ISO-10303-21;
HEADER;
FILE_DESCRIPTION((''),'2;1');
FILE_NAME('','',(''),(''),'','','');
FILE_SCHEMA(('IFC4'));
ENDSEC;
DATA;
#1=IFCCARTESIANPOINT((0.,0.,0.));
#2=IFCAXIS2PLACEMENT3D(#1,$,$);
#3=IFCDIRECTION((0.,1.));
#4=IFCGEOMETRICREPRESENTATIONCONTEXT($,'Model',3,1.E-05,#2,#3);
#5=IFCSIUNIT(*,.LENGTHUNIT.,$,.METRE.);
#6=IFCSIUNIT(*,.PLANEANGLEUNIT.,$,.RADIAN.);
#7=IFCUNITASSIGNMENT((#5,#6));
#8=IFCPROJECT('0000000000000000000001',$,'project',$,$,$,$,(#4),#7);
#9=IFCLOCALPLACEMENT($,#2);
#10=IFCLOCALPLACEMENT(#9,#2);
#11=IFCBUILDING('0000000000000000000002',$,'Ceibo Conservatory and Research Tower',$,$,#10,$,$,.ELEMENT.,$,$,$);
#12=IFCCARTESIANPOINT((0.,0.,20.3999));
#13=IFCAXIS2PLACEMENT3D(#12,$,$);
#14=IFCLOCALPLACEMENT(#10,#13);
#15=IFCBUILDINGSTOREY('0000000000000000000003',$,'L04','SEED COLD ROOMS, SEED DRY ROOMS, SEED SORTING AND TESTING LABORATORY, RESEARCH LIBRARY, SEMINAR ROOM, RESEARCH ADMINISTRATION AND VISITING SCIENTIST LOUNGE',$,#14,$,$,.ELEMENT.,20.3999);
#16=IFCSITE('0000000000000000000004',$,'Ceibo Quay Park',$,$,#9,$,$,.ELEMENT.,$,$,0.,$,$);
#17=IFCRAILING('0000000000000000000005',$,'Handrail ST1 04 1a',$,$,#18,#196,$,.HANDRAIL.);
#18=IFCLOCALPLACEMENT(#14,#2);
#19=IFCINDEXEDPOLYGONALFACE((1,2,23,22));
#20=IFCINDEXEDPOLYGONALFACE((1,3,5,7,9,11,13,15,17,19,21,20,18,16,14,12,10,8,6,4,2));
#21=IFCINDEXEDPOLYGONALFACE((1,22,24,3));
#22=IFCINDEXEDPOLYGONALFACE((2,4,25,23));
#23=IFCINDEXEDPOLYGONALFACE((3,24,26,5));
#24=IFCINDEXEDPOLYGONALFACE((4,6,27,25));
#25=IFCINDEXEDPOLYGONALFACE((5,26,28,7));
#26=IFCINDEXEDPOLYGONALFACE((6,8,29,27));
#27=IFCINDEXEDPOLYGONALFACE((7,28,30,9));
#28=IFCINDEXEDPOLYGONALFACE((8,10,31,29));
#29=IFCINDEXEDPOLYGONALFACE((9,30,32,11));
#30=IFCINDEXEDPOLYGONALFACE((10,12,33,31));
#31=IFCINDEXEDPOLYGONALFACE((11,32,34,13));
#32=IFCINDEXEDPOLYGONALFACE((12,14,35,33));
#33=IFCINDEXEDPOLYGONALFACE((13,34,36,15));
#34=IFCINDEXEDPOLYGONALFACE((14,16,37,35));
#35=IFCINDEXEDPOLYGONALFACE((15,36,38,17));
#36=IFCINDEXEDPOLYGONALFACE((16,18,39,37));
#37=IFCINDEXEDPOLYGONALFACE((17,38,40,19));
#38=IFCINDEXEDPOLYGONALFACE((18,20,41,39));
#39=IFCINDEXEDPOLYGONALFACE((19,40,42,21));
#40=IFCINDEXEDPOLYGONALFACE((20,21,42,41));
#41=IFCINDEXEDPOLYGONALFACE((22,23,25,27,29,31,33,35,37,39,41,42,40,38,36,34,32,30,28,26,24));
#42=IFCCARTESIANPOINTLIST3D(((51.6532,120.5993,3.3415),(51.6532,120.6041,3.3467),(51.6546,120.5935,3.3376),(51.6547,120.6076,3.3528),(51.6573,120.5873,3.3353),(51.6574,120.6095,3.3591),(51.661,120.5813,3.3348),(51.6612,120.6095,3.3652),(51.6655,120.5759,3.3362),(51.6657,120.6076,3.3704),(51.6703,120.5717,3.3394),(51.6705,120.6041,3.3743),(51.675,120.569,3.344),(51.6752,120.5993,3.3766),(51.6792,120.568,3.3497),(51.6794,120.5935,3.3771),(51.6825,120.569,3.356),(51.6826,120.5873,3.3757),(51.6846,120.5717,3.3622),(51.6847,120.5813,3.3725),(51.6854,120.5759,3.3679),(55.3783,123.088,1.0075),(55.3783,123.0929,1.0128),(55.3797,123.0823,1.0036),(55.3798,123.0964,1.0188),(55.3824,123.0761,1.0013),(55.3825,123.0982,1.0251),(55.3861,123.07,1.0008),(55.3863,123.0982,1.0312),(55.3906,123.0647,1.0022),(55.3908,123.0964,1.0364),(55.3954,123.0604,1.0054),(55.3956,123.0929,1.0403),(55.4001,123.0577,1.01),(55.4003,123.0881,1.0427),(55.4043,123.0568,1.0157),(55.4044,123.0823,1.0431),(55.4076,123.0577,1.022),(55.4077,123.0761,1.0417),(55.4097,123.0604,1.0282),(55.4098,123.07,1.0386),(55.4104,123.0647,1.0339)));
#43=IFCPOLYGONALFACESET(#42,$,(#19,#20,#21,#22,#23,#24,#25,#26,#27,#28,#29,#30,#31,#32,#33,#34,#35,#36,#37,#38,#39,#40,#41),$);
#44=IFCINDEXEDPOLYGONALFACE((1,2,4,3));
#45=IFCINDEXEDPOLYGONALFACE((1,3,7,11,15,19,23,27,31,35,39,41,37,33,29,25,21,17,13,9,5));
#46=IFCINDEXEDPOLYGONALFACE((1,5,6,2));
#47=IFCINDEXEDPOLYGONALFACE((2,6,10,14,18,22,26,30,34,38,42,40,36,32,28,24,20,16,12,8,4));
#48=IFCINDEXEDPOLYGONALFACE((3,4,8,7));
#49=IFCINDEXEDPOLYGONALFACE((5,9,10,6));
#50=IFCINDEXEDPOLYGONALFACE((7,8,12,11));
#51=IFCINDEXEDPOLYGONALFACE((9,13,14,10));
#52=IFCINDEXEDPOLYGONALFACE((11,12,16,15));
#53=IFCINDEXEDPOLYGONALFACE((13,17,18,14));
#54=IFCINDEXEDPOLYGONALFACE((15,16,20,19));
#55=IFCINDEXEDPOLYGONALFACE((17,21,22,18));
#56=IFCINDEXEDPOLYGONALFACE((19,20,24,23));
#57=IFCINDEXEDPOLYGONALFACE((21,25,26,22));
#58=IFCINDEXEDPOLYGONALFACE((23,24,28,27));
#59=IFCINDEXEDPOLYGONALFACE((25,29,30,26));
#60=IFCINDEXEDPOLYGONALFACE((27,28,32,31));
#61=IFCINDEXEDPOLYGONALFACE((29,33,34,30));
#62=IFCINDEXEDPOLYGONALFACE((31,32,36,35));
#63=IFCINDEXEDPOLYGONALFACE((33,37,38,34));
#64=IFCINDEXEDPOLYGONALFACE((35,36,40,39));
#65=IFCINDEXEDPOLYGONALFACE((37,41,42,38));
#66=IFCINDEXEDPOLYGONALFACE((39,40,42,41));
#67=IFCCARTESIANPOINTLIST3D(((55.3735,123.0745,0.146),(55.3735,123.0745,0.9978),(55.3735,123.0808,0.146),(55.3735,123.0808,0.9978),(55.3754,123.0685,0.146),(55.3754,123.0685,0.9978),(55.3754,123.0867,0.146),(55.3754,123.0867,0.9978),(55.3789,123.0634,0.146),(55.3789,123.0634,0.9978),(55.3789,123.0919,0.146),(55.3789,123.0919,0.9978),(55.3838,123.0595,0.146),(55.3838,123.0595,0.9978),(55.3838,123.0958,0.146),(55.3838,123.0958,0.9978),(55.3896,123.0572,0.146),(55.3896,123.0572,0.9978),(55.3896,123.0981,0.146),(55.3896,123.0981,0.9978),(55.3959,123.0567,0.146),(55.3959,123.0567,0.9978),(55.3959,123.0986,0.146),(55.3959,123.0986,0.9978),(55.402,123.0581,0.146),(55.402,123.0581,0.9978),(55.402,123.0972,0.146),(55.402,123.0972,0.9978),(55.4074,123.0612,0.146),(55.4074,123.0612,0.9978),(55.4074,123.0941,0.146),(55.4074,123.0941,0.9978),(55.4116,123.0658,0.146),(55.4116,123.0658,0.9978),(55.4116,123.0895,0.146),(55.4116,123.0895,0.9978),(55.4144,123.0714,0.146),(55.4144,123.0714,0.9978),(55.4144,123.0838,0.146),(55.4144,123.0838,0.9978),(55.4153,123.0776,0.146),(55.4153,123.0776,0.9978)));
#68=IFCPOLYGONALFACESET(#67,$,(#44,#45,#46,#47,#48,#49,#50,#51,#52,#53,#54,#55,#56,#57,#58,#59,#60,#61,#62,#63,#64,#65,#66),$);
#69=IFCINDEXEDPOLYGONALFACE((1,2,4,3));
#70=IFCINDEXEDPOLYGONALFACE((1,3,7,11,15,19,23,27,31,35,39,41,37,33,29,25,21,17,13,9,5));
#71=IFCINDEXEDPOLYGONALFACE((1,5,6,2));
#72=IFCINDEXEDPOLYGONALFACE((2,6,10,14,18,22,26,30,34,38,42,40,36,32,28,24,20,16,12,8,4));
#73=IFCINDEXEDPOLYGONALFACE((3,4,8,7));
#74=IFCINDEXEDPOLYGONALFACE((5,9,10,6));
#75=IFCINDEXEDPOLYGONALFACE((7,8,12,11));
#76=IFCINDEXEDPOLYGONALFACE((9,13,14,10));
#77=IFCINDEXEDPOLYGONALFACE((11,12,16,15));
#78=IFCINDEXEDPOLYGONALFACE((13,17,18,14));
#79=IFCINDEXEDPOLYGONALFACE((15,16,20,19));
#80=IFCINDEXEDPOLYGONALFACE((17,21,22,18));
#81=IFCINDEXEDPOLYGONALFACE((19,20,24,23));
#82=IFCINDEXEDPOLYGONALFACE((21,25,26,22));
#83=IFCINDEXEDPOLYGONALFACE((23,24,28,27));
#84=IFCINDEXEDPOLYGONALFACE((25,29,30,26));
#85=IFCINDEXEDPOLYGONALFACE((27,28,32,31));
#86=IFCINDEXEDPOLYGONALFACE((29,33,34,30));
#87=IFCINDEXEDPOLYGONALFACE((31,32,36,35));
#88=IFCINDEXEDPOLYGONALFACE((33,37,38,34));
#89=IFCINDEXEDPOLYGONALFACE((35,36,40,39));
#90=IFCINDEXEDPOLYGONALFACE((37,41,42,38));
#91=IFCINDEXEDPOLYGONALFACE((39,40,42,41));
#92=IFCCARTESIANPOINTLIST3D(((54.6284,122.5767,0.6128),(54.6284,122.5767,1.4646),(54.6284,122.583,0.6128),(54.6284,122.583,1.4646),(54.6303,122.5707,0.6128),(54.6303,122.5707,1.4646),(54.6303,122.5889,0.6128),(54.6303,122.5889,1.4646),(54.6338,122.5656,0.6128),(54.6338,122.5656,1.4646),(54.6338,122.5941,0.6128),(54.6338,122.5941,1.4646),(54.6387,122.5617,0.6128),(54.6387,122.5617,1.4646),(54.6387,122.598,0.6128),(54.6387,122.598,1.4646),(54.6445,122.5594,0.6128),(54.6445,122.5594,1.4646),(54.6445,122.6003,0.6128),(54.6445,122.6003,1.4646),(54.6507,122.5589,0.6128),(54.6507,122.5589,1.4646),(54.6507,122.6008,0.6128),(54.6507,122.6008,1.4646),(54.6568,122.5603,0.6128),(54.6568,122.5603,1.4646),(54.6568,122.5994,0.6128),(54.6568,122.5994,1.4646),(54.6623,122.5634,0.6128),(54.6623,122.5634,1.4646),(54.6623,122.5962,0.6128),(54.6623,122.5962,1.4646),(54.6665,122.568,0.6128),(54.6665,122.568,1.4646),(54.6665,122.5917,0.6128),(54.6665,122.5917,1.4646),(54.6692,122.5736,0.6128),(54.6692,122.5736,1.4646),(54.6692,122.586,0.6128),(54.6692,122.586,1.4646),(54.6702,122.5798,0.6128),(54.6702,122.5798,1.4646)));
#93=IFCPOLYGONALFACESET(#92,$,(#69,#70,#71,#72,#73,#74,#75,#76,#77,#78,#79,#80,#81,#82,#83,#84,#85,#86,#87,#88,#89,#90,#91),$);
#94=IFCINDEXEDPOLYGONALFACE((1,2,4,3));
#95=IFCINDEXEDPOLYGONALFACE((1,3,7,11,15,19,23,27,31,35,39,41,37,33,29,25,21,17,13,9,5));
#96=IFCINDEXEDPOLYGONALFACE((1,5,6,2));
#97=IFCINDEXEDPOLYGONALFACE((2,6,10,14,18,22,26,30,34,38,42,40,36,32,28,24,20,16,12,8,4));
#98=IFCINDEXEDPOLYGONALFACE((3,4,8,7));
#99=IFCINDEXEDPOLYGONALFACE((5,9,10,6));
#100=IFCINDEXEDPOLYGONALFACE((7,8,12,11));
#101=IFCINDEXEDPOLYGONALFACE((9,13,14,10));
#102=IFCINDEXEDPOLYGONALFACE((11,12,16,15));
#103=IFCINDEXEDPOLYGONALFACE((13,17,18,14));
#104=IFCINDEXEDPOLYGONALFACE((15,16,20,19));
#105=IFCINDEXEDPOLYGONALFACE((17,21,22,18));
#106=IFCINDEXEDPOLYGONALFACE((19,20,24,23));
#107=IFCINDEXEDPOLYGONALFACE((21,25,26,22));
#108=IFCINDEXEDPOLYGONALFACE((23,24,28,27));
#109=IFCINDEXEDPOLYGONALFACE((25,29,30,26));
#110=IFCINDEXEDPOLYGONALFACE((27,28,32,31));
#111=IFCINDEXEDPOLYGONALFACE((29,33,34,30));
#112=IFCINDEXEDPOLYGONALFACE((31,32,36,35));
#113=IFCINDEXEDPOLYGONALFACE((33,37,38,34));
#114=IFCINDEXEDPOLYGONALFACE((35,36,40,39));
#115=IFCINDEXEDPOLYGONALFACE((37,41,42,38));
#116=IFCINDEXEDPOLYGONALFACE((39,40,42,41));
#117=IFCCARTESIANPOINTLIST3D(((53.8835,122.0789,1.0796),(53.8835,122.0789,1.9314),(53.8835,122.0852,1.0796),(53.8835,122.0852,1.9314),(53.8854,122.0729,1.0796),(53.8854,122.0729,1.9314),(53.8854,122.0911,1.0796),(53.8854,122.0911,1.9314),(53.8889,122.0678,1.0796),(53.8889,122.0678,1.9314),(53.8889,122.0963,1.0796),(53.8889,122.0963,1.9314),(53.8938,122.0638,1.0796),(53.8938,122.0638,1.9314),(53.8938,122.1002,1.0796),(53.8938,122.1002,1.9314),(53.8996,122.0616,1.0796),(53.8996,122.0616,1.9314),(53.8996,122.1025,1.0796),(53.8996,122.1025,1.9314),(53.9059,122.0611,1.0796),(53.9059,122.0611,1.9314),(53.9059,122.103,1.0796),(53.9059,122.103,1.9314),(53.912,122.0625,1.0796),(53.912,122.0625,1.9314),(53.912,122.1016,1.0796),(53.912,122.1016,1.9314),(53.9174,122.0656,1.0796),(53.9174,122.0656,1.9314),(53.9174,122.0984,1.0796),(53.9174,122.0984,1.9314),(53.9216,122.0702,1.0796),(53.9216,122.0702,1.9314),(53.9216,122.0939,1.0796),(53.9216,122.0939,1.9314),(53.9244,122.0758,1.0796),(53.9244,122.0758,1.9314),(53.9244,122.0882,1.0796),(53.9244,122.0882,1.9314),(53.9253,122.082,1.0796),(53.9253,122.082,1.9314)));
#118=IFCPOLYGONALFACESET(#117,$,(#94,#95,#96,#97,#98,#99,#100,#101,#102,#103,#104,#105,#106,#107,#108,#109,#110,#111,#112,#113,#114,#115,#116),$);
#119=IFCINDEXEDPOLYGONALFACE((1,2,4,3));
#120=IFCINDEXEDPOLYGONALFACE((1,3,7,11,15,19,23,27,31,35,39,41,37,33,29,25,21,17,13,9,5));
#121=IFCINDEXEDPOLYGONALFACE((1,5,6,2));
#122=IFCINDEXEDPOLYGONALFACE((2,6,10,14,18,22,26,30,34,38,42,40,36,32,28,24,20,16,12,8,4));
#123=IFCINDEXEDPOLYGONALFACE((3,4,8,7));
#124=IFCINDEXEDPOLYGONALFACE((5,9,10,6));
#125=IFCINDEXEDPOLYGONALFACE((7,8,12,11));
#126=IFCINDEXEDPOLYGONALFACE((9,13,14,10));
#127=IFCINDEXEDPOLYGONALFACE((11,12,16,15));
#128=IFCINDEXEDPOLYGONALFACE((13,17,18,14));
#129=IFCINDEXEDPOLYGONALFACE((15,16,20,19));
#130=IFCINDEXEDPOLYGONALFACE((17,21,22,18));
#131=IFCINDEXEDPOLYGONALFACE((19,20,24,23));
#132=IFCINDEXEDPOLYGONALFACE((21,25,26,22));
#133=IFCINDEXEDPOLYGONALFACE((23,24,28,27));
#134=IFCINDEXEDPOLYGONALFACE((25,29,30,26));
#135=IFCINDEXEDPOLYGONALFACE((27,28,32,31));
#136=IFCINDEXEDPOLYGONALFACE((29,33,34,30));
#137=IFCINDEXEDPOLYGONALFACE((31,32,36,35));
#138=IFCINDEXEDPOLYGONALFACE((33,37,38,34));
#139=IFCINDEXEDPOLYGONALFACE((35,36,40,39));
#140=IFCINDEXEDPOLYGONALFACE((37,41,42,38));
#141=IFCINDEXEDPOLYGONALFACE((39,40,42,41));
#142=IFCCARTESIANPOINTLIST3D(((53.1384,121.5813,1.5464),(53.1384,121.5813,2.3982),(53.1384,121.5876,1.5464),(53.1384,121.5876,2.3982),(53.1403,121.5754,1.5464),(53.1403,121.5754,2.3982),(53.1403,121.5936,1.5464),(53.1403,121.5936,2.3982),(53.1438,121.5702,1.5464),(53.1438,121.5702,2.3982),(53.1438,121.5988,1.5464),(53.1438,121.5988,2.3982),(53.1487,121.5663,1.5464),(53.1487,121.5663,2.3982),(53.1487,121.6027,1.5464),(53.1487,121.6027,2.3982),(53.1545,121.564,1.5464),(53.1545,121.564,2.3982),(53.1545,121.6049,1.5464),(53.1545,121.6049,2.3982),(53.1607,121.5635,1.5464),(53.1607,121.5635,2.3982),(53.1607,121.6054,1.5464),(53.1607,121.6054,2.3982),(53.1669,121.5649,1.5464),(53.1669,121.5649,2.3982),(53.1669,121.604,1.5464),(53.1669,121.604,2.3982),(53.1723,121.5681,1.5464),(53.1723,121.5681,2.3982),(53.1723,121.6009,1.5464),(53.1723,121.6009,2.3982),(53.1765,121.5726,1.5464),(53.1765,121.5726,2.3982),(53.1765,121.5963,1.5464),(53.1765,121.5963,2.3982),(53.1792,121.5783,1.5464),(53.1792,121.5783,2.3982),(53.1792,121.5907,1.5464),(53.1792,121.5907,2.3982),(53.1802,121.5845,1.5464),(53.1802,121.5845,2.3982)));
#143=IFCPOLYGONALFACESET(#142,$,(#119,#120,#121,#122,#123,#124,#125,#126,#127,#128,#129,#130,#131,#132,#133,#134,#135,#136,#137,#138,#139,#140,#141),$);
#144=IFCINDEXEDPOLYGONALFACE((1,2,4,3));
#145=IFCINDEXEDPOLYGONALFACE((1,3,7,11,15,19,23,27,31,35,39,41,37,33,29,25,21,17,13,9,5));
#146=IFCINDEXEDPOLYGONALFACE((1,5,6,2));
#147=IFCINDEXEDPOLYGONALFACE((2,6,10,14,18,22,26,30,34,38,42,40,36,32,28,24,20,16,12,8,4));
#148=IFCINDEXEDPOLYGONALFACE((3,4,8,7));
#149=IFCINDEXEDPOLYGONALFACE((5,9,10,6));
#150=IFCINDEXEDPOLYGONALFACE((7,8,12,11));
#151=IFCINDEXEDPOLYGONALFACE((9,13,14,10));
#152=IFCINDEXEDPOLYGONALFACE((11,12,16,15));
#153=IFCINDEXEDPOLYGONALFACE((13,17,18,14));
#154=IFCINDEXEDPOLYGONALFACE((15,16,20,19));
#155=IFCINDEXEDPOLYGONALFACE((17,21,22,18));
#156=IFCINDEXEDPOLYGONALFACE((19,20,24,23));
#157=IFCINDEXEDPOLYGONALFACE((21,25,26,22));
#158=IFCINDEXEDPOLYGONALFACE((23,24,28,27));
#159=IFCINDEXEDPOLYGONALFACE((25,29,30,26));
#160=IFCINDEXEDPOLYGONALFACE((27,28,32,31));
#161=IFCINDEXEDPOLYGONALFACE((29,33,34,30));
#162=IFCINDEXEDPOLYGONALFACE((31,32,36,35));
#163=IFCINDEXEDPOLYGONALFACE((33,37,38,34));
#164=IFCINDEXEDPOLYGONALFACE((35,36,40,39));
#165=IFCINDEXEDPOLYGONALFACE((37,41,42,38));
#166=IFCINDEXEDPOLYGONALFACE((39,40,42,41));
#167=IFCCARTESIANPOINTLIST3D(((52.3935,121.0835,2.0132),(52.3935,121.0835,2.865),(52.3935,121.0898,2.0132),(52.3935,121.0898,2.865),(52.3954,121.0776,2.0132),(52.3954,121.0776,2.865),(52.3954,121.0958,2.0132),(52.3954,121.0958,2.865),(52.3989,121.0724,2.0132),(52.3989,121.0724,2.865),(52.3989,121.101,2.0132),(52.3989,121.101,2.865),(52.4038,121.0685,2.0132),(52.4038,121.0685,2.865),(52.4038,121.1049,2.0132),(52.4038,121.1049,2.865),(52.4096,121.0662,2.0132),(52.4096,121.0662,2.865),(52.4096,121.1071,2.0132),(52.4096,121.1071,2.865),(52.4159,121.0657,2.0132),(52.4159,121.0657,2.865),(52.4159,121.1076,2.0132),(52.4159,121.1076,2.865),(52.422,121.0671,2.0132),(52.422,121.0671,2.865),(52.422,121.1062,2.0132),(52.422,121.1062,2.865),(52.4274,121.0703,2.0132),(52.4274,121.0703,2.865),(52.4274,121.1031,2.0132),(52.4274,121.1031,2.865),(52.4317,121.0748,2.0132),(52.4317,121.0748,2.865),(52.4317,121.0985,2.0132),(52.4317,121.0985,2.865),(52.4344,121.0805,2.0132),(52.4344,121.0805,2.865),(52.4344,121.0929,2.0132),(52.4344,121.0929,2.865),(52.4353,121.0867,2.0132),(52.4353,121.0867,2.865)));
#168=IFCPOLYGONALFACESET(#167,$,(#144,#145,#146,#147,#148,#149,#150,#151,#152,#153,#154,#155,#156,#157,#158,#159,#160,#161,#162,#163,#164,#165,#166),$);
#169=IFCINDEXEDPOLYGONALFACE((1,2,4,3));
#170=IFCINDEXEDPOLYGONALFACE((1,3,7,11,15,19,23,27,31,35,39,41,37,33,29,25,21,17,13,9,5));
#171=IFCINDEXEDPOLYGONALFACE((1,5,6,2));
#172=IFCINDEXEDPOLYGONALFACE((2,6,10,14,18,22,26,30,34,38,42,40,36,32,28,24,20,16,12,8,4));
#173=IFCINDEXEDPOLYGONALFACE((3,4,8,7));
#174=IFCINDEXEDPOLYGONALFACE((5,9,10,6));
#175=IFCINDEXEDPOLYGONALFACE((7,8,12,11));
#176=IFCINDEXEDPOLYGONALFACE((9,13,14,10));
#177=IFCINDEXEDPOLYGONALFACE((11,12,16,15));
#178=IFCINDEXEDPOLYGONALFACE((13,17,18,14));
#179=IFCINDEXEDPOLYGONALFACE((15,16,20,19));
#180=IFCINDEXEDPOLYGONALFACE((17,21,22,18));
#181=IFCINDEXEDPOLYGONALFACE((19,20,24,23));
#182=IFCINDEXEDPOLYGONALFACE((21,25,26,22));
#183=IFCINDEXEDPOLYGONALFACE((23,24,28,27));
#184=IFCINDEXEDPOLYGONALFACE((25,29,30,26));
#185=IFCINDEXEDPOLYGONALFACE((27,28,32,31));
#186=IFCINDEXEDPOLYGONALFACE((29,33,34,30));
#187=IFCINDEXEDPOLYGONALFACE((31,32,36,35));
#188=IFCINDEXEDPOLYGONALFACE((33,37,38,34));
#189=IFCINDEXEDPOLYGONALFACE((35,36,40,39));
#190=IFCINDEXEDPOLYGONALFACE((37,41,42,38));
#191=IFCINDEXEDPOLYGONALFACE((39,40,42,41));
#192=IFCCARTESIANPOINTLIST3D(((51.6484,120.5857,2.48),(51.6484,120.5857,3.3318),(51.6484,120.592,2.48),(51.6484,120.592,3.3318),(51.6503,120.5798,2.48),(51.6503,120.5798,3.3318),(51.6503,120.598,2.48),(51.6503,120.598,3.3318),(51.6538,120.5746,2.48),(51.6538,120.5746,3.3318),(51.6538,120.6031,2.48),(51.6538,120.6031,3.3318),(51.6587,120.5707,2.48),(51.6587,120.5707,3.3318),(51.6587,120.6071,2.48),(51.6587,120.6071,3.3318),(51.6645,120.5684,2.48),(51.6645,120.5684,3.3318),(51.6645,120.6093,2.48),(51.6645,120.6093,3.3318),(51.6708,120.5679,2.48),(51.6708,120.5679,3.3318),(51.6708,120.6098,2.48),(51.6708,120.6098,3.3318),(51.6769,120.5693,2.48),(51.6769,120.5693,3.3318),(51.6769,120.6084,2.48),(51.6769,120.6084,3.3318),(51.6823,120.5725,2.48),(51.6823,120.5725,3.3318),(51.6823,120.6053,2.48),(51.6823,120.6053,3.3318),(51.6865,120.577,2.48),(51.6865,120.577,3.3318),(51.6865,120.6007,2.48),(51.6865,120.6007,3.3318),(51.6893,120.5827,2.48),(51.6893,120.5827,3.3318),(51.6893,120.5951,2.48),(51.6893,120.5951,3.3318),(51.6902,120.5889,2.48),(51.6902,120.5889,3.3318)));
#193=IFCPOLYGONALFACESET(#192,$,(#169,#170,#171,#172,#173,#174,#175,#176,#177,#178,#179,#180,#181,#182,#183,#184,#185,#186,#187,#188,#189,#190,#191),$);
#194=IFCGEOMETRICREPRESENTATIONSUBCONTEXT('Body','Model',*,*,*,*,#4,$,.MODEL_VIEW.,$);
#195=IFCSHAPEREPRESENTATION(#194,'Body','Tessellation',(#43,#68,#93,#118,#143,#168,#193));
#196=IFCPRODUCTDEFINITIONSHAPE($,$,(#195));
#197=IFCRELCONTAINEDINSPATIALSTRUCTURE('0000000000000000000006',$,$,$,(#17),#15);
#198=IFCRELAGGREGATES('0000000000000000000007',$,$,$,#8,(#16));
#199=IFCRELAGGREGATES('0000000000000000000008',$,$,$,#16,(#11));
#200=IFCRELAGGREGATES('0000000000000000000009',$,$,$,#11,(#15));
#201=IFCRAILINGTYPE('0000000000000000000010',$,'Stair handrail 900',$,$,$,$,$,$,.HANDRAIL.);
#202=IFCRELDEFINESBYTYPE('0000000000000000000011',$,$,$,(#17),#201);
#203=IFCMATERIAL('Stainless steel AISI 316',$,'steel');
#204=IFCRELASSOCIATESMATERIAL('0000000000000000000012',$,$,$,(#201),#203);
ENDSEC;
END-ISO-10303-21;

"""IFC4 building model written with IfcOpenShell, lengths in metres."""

from ifc_helpers import new_model, si_unit, direction, frame, origin, origin_2d, place, context, subcontext, project, spatial, circle, extrude, material, type_object, element, save


model = new_model("IFC4")

# Units and contexts
model_context = context("Model", 3, precision=1e-05, world=origin(), true_north=direction((0.0, 1.0)))
body_context = subcontext(model_context, "Body", "Model", "MODEL_VIEW")
ifc_project = project(units=[si_unit("LENGTHUNIT", "METRE"), si_unit("PLANEANGLEUNIT", "RADIAN")], contexts=[model_context])

# Site, building, storey
site_placement = place(None, origin())
site = spatial("IfcSite", under=ifc_project, at=site_placement, Name="Ceibo Quay Park", CompositionType="ELEMENT", RefElevation=0.0)
building_placement = place(site_placement, origin())
building = spatial("IfcBuilding", under=site, at=building_placement, Name="Ceibo Conservatory and Research Tower", CompositionType="ELEMENT")
storey_placement = place(building_placement, frame((0.0, 0.0, 20.3999)))
storey = spatial("IfcBuildingStorey", under=building, at=storey_placement, Name="L04", Description="SEED COLD ROOMS, SEED DRY ROOMS, SEED SORTING AND TESTING LABORATORY, RESEARCH LIBRARY, SEMINAR ROOM, RESEARCH ADMINISTRATION AND VISITING SCIENTIST LOUNGE", CompositionType="ELEMENT", Elevation=20.3999)

# Railing
ifc_material_1 = material(Name="Stainless steel AISI 316", Category="steel")
railing_type = type_object("IfcRailingType", Name="Stair handrail 900", PredefinedType="HANDRAIL", material=ifc_material_1)
railing_1_placement = place(storey_placement, frame((55.3943, 123.0776, 0.146)))
element("IfcRailing", 1, at=railing_1_placement, inside=storey, type_object=railing_type, Name="Handrail ST1 04 1a", PredefinedType="HANDRAIL", context=body_context, shape_type="SweptSolid", body=[
    extrude(circle(Radius=0.0239, at=origin_2d()), frame((0.0, 0.0, 0.876), z_axis=(-0.737422, -0.492678, 0.462036), x_axis=(0.55553, -0.831497, 0.0)), (0.0, 0.0, 1.0), 5.0515),
    extrude(circle(Radius=0.021, at=origin_2d()), origin(), (0.0, 0.0, 1.0), 0.8518),
    extrude(circle(Radius=0.021, at=origin_2d()), frame((-0.7451, -0.4978, 0.4668)), (0.0, 0.0, 1.0), 0.8518),
    extrude(circle(Radius=0.021, at=origin_2d()), frame((-1.49, -0.9956, 0.9336)), (0.0, 0.0, 1.0), 0.8518),
    extrude(circle(Radius=0.021, at=origin_2d()), frame((-2.2351, -1.4932, 1.4004)), (0.0, 0.0, 1.0), 0.8518),
    extrude(circle(Radius=0.021, at=origin_2d()), frame((-2.98, -1.991, 1.8672)), (0.0, 0.0, 1.0), 0.8518),
    extrude(circle(Radius=0.021, at=origin_2d()), frame((-3.7251, -2.4888, 2.334)), (0.0, 0.0, 1.0), 0.8518),
])

save(model, "model.ifc")
